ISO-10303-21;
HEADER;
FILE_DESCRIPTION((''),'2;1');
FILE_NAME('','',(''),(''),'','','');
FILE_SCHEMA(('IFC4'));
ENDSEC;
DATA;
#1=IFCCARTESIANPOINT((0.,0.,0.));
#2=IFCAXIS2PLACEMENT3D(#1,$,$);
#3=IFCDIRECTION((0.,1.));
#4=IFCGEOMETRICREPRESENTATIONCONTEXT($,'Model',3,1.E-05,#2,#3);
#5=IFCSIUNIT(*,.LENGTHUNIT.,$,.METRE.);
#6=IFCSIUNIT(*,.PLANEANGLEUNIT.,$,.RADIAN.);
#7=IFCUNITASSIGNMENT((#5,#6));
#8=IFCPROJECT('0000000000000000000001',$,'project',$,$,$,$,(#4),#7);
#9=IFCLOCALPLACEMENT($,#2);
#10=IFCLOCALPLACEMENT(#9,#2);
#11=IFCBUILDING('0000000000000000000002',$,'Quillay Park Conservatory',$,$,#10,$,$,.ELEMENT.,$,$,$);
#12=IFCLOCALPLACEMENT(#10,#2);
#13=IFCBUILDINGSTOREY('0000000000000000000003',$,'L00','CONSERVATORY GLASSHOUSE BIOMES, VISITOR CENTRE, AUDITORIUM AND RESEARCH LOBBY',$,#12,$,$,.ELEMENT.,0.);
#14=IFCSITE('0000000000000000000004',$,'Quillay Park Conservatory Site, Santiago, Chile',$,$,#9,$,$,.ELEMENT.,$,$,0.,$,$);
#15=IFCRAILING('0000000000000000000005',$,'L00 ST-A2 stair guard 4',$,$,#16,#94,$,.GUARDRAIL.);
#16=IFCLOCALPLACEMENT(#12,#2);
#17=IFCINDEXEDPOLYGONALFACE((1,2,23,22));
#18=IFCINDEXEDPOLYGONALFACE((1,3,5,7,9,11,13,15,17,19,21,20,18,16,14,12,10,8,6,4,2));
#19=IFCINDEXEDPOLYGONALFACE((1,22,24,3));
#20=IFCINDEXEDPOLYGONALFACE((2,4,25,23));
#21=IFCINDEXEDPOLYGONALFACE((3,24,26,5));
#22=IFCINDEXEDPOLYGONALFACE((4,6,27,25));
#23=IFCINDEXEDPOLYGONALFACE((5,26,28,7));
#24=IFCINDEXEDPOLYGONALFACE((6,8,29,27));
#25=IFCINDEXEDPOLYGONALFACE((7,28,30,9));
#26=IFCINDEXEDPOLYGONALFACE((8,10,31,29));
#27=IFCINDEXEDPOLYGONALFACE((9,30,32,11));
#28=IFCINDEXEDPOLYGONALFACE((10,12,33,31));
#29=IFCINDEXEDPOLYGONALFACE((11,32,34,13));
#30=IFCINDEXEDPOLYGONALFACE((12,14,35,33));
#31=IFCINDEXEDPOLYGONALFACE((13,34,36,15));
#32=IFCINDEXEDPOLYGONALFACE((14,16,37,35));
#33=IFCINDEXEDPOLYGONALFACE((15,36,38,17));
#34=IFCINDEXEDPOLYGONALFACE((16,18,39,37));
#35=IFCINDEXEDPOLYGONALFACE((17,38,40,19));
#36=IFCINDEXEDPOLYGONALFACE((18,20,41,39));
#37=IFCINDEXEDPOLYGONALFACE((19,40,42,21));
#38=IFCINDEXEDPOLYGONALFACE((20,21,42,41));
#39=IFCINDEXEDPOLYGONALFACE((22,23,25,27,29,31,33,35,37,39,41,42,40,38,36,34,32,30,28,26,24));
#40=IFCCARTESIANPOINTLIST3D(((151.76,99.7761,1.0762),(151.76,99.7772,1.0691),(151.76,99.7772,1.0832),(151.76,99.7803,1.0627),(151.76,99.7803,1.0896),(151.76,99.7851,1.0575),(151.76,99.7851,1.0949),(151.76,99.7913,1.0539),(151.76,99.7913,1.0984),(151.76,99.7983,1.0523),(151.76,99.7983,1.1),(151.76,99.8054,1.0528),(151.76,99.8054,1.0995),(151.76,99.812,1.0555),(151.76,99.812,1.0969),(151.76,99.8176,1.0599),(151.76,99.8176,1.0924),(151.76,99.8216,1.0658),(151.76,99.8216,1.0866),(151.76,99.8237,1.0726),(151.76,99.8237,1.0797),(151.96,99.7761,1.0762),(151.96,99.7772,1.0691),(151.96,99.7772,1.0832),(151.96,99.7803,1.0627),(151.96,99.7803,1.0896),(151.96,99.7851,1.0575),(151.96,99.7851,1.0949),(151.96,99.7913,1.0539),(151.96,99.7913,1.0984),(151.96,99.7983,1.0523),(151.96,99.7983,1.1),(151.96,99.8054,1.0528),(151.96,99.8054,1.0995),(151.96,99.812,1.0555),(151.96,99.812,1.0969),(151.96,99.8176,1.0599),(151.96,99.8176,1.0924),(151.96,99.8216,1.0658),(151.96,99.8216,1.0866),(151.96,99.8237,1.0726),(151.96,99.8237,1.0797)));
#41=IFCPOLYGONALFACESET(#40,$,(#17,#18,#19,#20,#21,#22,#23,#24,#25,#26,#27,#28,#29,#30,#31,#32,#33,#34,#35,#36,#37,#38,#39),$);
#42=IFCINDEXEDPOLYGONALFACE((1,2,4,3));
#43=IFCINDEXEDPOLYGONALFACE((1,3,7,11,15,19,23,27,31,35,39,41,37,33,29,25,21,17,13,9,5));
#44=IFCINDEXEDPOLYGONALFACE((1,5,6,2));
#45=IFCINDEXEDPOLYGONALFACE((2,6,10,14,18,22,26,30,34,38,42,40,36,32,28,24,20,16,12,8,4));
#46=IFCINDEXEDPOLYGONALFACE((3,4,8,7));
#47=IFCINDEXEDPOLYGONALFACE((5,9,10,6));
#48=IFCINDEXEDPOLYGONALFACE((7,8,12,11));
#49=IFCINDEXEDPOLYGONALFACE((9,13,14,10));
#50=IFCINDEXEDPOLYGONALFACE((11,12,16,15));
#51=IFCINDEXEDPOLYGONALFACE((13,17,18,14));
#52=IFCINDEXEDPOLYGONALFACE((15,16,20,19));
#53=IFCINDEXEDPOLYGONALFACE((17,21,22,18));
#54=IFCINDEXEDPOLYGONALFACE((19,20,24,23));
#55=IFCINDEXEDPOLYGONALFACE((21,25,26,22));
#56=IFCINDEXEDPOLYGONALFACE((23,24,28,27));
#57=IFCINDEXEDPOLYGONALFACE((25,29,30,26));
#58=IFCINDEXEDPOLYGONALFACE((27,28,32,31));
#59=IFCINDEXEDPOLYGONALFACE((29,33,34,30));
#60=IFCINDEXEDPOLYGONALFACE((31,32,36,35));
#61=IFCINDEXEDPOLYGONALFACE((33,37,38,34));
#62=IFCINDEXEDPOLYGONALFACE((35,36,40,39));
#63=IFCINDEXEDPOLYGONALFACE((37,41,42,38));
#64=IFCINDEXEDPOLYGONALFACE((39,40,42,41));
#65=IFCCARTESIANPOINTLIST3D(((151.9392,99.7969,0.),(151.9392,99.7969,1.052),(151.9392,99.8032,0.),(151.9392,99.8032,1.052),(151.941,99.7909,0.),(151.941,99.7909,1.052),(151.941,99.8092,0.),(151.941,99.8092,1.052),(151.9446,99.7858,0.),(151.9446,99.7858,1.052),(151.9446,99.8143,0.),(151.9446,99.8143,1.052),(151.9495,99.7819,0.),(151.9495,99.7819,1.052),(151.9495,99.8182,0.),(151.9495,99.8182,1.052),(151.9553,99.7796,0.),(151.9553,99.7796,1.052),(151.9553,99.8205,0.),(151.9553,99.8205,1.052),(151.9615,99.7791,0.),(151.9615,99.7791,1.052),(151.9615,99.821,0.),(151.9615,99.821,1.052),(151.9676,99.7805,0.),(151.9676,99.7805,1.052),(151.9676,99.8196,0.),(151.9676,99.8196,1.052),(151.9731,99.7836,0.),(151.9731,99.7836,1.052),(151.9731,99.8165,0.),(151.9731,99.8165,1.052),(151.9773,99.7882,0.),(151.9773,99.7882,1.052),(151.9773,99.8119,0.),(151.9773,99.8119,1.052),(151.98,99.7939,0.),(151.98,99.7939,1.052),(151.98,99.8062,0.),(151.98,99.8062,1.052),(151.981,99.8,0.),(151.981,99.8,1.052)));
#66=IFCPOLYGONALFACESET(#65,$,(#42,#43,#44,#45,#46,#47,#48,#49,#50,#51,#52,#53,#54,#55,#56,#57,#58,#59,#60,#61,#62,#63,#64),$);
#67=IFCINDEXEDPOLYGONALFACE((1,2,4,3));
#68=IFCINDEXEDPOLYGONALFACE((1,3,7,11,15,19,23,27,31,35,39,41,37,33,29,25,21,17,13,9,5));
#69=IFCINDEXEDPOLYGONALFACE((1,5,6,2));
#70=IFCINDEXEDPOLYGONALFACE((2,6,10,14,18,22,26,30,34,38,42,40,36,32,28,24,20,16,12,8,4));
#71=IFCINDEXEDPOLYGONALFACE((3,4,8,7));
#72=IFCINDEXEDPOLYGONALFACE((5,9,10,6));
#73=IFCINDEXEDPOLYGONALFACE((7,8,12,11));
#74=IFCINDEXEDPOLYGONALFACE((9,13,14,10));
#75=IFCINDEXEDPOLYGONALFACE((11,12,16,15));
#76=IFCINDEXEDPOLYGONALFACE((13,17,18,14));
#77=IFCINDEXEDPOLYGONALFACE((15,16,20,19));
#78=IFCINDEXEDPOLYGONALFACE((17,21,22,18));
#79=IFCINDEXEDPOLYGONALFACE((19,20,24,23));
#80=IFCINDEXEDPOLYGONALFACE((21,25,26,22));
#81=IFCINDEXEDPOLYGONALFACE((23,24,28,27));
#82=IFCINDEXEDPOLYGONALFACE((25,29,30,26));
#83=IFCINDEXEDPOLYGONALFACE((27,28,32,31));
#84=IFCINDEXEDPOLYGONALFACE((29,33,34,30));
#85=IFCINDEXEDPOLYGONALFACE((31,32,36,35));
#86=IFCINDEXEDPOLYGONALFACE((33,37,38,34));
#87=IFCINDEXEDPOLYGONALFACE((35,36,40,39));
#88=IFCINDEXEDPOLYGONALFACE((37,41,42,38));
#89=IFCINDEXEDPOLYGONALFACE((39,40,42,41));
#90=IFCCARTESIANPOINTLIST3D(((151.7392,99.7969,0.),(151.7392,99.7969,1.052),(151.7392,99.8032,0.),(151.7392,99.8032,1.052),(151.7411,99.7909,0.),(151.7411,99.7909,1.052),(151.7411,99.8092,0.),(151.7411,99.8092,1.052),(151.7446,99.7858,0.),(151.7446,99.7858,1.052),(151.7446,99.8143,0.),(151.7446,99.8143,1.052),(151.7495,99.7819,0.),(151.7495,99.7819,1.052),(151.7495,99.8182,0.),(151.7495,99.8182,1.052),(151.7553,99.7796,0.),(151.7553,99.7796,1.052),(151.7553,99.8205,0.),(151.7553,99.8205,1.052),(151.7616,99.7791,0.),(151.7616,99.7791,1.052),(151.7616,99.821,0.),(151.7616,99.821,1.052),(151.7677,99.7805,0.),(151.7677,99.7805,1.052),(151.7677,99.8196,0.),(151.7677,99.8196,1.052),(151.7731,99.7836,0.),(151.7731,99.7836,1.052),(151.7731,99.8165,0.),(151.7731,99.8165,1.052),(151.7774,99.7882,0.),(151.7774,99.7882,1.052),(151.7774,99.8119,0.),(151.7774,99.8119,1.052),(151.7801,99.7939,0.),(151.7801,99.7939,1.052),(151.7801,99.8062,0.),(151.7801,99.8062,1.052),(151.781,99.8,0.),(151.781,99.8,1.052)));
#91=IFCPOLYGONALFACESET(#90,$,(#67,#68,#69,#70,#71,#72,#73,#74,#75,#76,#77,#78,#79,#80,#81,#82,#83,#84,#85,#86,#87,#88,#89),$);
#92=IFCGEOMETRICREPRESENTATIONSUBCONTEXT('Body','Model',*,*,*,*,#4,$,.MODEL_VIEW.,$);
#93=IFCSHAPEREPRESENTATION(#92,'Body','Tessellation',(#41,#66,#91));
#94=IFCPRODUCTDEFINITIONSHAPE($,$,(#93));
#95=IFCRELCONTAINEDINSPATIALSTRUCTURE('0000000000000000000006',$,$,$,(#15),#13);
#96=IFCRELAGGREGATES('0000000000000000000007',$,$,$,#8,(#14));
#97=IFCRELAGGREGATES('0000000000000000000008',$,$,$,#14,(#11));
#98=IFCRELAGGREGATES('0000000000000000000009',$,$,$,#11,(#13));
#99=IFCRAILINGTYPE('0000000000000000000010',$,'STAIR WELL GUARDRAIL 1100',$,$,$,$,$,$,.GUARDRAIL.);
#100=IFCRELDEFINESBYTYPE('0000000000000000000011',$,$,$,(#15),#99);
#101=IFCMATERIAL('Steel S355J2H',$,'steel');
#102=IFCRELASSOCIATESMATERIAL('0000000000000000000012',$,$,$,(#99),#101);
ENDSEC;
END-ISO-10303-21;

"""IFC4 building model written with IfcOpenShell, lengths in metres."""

from ifc_helpers import new_model, si_unit, direction, frame, origin, origin_2d, place, context, subcontext, project, spatial, circle, extrude, material, type_object, element, save


model = new_model("IFC4")

# Units and contexts
model_context = context("Model", 3, precision=1e-05, world=origin(), true_north=direction((0.0, 1.0)))
body_context = subcontext(model_context, "Body", "Model", "MODEL_VIEW")
ifc_project = project(units=[si_unit("LENGTHUNIT", "METRE"), si_unit("PLANEANGLEUNIT", "RADIAN")], contexts=[model_context])

# Site, building, storey
site_placement = place(None, origin())
site = spatial("IfcSite", under=ifc_project, at=site_placement, Name="Quillay Park Conservatory Site, Santiago, Chile", CompositionType="ELEMENT", RefElevation=0.0)
building_placement = place(site_placement, origin())
building = spatial("IfcBuilding", under=site, at=building_placement, Name="Quillay Park Conservatory", CompositionType="ELEMENT")
storey_placement = place(building_placement, origin())
storey = spatial("IfcBuildingStorey", under=building, at=storey_placement, Name="L00", Description="CONSERVATORY GLASSHOUSE BIOMES, VISITOR CENTRE, AUDITORIUM AND RESEARCH LOBBY", CompositionType="ELEMENT", Elevation=0.0)

# Railing
ifc_material_1 = material(Name="Steel S355J2H", Category="steel")
railing_type_1 = type_object("IfcRailingType", Name="STAIR WELL GUARDRAIL 1100", PredefinedType="GUARDRAIL", material=ifc_material_1)
railing_1_placement = place(storey_placement, frame((151.96, 99.8, 0.0)))
element("IfcRailing", 1, at=railing_1_placement, inside=storey, type_object=railing_type_1, Name="L00 ST-A2 stair guard 4", PredefinedType="GUARDRAIL", context=body_context, shape_type="SweptSolid", body=[
    extrude(circle(Radius=0.0239, at=origin_2d()), frame((0.0, 0.0, 1.0762), z_axis=(-1.0, 0.0, 0.0), x_axis=(0.0, -1.0, 0.0)), (0.0, 0.0, 1.0), 0.2),
    extrude(circle(Radius=0.021, at=origin_2d()), origin(), (0.0, 0.0, 1.0), 1.052),
    extrude(circle(Radius=0.021, at=origin_2d()), frame((-0.2, 0.0, 0.0)), (0.0, 0.0, 1.0), 1.052),
])

save(model, "model.ifc")
